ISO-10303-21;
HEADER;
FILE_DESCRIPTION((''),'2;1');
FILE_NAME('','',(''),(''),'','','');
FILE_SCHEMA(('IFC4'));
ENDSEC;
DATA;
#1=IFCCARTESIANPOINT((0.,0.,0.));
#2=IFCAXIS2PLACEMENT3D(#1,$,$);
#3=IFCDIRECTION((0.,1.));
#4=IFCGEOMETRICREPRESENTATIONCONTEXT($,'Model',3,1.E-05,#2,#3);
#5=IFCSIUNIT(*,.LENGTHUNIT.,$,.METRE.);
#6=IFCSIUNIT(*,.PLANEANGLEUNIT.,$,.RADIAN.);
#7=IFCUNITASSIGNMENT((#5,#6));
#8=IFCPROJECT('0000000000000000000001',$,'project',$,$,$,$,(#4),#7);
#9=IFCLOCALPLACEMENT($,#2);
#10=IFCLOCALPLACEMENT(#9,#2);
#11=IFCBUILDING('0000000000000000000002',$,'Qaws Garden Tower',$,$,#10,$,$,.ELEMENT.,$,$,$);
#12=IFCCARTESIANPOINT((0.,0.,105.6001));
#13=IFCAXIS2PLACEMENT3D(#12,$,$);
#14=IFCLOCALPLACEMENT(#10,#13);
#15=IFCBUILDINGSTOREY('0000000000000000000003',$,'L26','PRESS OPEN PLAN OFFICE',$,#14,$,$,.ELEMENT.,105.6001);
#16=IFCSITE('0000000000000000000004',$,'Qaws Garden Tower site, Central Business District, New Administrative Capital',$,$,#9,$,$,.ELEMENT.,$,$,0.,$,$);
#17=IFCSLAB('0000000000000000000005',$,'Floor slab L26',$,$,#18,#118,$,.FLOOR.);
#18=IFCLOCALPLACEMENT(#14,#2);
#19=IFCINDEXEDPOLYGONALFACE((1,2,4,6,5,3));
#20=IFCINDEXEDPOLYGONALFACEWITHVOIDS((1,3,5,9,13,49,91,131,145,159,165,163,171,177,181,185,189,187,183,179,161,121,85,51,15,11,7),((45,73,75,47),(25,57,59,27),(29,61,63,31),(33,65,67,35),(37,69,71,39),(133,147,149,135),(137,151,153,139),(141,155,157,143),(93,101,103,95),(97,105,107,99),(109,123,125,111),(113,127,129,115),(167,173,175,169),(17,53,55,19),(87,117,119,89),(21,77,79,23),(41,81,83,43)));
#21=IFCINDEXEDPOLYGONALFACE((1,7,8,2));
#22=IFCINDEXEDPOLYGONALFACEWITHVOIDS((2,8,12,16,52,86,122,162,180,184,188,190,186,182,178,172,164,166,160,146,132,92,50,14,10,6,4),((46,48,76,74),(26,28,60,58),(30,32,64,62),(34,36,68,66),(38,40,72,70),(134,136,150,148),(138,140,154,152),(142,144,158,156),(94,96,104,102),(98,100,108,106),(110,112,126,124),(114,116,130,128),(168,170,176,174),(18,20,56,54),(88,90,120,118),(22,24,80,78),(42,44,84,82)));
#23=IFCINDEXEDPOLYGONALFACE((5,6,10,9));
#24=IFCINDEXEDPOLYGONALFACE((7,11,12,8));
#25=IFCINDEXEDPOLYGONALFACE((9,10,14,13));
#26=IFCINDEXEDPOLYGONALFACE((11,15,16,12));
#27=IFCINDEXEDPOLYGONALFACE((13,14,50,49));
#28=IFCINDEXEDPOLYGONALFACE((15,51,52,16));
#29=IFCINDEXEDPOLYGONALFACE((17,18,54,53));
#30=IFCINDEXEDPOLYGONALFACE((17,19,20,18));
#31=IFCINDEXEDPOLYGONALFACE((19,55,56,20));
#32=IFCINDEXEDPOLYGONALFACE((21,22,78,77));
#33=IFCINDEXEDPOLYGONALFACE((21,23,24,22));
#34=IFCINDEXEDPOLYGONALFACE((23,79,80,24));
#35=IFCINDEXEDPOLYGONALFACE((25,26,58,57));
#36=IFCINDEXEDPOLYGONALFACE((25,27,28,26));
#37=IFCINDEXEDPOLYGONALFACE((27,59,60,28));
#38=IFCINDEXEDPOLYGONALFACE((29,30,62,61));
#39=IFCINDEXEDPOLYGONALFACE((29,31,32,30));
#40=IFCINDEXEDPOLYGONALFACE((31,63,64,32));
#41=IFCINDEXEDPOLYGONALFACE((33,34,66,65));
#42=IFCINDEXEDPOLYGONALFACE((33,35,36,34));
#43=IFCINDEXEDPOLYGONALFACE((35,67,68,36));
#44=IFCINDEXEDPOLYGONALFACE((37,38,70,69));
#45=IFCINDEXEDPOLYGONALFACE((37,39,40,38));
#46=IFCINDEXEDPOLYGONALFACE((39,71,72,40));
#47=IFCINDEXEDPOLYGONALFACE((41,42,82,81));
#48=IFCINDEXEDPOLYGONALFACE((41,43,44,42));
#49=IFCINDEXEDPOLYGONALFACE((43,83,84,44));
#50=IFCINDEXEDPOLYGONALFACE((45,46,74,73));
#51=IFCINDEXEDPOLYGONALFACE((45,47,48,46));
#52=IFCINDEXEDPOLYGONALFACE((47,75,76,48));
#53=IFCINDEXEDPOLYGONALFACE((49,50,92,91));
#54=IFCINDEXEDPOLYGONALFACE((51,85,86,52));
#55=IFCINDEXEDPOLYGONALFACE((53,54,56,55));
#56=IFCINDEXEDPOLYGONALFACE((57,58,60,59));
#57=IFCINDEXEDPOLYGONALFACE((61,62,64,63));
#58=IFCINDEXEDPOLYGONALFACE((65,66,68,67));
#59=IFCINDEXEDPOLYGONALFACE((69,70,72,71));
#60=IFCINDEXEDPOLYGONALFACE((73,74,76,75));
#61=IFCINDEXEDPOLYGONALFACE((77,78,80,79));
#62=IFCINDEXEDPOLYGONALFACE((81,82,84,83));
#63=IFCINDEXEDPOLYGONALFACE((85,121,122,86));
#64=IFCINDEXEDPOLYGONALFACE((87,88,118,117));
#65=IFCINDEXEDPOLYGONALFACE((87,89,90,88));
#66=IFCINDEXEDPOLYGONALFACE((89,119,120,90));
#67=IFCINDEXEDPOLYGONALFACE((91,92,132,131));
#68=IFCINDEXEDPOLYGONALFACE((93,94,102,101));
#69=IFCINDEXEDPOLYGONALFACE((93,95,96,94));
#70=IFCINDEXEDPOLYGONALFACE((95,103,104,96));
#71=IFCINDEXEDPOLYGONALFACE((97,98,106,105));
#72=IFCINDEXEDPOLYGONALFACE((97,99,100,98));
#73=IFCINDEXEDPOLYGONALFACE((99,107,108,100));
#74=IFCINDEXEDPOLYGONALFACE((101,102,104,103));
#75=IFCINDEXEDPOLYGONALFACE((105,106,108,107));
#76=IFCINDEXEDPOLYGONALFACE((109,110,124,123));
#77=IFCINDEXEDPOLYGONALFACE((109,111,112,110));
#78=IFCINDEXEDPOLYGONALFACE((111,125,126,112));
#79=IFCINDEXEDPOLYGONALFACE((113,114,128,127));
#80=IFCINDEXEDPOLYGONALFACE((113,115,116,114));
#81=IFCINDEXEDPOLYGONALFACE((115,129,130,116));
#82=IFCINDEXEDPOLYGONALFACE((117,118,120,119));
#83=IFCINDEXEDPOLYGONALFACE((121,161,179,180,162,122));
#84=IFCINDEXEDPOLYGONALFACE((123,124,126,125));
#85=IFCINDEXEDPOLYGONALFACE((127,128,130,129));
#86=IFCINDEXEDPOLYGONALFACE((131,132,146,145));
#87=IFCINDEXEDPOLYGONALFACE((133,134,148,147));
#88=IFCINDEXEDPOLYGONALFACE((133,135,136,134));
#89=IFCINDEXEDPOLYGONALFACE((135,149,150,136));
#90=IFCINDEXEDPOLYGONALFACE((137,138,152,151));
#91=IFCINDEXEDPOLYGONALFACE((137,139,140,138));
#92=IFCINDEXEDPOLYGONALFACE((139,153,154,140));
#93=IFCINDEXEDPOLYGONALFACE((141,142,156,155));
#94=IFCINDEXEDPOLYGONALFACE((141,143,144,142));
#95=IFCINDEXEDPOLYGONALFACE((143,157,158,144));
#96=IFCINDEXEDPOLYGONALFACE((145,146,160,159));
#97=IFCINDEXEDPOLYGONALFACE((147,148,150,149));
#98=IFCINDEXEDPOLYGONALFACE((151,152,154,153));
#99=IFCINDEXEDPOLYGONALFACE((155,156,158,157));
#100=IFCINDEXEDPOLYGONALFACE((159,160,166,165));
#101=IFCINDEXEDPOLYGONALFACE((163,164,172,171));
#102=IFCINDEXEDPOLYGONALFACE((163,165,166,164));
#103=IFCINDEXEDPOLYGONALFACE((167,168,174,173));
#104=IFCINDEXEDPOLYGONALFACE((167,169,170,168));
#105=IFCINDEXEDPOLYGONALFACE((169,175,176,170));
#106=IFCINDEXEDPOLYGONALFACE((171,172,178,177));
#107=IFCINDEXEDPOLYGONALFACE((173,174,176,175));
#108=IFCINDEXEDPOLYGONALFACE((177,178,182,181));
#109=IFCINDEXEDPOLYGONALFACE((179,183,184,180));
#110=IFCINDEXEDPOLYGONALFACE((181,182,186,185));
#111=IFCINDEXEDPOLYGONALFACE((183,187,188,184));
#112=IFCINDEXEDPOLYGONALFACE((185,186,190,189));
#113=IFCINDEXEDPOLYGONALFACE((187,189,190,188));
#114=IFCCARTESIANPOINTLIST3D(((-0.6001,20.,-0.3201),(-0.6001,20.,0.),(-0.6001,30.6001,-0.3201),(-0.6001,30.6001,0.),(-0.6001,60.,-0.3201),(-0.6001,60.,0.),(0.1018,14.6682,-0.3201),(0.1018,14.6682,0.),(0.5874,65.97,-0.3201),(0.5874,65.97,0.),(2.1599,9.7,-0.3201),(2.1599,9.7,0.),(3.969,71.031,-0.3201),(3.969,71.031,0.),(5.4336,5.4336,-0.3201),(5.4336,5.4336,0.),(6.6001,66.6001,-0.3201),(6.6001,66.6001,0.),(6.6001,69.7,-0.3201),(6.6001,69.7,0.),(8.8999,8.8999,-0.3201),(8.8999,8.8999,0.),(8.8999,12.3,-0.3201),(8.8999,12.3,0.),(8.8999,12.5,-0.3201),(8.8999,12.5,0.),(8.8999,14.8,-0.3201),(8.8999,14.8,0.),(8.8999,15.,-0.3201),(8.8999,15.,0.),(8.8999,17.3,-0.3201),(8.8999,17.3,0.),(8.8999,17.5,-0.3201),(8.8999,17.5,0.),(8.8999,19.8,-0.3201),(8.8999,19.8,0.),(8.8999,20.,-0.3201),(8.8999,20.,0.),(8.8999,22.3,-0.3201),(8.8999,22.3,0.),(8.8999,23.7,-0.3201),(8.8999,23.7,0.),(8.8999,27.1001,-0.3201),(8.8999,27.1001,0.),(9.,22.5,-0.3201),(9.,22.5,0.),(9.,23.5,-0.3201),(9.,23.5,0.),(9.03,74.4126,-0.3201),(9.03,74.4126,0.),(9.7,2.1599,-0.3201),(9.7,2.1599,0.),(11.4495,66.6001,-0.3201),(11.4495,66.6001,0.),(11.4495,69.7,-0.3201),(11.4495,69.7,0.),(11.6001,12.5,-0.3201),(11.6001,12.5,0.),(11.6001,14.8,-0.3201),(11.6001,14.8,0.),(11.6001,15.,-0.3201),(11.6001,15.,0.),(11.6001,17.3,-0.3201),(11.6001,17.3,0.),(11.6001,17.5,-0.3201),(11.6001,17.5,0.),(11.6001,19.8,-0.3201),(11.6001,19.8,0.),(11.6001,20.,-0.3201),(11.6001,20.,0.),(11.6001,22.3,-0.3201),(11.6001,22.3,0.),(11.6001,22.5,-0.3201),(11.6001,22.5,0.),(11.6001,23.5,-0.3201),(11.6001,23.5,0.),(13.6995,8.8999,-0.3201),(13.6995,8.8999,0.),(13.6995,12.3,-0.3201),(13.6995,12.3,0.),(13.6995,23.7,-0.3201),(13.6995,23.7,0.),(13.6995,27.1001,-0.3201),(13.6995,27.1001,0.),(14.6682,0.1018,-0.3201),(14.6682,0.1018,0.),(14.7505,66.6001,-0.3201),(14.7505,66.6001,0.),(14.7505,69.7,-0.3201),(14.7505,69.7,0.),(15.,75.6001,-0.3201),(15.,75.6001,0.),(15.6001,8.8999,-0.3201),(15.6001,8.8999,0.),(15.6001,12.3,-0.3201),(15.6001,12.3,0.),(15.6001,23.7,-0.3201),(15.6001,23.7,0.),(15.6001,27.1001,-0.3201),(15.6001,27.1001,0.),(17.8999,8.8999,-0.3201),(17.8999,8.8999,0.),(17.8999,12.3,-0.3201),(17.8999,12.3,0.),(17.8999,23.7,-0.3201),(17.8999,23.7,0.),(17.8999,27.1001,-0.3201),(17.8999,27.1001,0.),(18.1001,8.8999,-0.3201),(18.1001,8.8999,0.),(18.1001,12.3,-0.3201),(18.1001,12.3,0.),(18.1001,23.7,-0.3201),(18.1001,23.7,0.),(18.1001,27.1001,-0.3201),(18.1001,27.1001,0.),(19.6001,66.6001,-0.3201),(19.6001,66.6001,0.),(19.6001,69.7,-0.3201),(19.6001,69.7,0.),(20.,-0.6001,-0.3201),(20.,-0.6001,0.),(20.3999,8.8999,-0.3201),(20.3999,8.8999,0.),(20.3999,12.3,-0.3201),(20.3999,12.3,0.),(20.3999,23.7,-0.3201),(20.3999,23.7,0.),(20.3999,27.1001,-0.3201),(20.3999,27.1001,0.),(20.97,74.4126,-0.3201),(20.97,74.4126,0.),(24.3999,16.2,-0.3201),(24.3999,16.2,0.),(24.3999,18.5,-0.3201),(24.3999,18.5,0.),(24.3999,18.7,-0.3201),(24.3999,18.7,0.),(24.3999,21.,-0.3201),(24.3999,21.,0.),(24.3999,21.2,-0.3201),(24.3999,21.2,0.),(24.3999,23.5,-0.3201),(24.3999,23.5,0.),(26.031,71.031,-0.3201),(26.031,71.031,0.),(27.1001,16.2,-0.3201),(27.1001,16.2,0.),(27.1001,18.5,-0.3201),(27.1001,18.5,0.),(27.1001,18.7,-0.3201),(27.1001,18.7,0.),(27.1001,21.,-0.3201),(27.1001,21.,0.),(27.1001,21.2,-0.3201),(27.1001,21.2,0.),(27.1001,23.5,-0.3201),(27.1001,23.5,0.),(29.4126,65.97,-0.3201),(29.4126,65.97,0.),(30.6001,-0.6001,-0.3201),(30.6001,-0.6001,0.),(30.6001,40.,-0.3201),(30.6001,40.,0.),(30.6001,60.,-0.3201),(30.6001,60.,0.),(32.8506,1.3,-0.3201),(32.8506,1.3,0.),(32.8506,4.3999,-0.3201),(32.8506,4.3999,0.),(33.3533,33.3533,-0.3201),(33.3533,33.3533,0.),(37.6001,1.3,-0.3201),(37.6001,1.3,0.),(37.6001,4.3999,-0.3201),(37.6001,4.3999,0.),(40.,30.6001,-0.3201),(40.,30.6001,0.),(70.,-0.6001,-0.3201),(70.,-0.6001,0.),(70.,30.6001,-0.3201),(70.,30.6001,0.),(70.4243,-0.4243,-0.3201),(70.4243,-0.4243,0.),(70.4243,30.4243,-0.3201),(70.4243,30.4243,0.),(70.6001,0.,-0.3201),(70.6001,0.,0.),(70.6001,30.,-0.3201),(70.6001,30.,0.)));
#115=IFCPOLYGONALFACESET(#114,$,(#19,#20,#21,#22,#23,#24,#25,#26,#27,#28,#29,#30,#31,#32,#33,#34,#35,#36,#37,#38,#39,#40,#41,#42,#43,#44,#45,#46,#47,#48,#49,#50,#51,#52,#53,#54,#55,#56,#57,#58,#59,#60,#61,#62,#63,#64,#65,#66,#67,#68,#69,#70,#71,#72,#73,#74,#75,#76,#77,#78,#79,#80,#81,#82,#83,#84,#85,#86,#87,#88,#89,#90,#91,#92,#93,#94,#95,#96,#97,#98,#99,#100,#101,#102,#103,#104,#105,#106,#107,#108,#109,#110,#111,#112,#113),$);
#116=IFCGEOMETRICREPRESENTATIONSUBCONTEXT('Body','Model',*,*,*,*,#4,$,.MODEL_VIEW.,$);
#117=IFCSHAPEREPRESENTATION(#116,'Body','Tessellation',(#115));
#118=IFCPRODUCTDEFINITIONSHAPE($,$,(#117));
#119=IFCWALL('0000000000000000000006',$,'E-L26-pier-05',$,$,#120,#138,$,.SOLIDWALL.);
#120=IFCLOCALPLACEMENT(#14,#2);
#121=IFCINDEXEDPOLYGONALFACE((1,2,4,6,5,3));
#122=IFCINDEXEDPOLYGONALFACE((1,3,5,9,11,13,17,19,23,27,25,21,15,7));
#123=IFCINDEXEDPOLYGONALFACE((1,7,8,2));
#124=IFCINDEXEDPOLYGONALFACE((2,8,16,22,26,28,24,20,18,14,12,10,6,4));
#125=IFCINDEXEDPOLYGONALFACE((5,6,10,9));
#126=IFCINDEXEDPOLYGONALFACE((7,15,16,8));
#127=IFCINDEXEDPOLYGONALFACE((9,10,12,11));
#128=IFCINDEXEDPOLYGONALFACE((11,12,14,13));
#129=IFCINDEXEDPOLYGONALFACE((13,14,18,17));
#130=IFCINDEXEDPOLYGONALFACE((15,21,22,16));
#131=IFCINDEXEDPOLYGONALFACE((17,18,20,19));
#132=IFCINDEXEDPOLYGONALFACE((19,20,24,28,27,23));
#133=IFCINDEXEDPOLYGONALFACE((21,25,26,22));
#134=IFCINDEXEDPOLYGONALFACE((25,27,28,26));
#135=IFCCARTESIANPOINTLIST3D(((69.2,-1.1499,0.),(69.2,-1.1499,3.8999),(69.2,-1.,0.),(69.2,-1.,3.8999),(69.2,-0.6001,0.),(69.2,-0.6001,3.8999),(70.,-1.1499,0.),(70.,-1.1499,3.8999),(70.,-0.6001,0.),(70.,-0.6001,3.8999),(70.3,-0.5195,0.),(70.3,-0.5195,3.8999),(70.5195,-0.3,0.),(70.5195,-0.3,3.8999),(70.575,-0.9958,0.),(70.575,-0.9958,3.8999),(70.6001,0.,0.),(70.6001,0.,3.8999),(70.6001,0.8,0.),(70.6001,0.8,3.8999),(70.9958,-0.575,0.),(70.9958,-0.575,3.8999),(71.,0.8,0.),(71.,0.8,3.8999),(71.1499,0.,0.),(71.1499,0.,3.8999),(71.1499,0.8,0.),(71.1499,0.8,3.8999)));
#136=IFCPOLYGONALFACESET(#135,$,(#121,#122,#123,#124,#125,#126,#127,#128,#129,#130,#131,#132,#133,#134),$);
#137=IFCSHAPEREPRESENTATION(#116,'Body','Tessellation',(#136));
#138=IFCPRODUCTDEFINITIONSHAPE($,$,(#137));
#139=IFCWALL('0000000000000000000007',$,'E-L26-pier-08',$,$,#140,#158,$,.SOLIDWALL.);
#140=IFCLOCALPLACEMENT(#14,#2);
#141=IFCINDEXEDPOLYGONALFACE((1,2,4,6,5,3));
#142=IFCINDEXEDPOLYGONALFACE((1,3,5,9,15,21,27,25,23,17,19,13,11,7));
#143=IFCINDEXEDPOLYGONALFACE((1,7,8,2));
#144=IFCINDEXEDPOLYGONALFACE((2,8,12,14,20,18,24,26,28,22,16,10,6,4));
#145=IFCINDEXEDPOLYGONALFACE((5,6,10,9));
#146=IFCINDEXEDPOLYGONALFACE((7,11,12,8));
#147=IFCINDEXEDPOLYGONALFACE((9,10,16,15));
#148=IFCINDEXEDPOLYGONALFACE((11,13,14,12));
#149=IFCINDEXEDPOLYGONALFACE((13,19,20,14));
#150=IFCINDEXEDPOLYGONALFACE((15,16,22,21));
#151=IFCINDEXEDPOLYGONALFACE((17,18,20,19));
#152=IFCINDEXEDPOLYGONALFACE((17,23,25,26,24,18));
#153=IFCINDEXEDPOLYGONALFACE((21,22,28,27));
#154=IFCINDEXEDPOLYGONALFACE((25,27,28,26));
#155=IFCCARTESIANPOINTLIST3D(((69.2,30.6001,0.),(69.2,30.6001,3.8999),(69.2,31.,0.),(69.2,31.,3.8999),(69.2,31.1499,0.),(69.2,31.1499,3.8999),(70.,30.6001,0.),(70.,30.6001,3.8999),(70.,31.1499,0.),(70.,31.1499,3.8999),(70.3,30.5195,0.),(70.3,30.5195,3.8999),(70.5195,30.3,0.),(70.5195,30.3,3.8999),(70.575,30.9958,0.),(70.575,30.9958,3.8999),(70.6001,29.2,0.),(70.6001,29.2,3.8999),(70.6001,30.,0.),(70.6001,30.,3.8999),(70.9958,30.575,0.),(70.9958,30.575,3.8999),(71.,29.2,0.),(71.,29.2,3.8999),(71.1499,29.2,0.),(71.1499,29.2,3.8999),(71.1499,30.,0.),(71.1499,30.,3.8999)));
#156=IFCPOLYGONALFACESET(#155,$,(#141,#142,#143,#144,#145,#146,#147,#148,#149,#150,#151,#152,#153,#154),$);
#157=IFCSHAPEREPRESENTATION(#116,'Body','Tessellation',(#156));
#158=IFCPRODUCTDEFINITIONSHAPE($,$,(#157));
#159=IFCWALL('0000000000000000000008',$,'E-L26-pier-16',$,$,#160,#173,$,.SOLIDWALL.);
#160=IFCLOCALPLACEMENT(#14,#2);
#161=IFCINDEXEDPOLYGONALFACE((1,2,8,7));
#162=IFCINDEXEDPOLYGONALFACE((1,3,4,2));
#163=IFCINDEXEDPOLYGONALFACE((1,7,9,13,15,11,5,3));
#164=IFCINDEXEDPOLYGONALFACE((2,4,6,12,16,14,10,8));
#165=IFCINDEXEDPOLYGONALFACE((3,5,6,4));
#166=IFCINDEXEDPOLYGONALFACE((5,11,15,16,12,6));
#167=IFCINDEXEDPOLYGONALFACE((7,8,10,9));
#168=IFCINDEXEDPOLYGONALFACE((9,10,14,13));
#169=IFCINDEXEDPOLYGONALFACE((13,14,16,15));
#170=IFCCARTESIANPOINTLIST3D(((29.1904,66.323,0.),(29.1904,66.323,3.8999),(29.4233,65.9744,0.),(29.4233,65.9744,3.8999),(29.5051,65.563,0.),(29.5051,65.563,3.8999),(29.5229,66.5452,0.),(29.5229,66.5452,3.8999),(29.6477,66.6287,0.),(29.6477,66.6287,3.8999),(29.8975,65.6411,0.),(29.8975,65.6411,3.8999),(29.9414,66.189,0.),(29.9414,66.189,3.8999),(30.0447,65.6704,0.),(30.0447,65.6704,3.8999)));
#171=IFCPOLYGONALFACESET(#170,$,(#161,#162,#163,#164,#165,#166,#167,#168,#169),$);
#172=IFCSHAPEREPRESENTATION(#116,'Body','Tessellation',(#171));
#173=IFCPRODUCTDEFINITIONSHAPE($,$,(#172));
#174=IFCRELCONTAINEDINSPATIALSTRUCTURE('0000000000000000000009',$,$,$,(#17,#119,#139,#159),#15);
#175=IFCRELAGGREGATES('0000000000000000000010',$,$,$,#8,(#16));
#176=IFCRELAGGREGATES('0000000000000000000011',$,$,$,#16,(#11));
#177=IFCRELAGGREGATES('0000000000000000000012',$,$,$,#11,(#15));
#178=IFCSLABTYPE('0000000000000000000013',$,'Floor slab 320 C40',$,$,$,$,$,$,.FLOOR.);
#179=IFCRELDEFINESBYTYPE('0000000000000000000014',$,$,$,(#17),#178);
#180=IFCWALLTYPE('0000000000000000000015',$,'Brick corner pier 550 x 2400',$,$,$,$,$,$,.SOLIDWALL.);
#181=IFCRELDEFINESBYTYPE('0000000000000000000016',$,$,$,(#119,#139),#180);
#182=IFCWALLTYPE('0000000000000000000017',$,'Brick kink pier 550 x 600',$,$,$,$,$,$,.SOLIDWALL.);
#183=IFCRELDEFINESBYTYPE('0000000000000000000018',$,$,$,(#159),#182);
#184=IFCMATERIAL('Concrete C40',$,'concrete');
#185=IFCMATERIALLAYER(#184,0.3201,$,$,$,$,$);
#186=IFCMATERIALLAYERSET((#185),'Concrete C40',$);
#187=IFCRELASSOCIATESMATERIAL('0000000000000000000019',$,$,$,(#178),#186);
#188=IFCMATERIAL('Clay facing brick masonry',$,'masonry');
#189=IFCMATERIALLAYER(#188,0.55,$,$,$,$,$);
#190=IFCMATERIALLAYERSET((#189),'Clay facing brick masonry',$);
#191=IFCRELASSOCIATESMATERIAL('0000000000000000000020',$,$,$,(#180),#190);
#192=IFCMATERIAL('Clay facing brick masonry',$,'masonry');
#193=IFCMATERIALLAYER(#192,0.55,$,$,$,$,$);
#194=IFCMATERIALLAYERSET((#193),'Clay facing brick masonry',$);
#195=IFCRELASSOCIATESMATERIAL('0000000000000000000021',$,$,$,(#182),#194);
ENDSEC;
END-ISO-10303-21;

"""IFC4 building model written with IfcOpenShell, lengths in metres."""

from ifc_helpers import new_model, si_unit, direction, frame, origin, place, context, subcontext, project, spatial, polyline, outline, extrude, material, layer, layer_set, type_object, element, save


model = new_model("IFC4")

# Units and contexts
model_context = context("Model", 3, precision=1e-05, world=origin(), true_north=direction((0.0, 1.0)))
body_context = subcontext(model_context, "Body", "Model", "MODEL_VIEW")
ifc_project = project(units=[si_unit("LENGTHUNIT", "METRE"), si_unit("PLANEANGLEUNIT", "RADIAN")], contexts=[model_context])

# Site, building, storey
site_placement = place(None, origin())
site = spatial("IfcSite", under=ifc_project, at=site_placement, Name="Qaws Garden Tower site, Central Business District, New Administrative Capital", CompositionType="ELEMENT", RefElevation=0.0)
building_placement = place(site_placement, origin())
building = spatial("IfcBuilding", under=site, at=building_placement, Name="Qaws Garden Tower", CompositionType="ELEMENT")
storey_placement = place(building_placement, frame((0.0, 0.0, 105.6001)))
storey = spatial("IfcBuildingStorey", under=building, at=storey_placement, Name="L26", Description="PRESS OPEN PLAN OFFICE", CompositionType="ELEMENT", Elevation=105.6001)

# Slab
ifc_material_1 = material(Name="Concrete C40", Category="concrete")
ifc_layer_1 = layer(ifc_material_1, 0.3201)
ifc_layer_set_1 = layer_set([ifc_layer_1], Name="Concrete C40")
slab_type = type_object("IfcSlabType", Name="Floor slab 320 C40", PredefinedType="FLOOR", material=ifc_layer_set_1)
slab_placement = place(storey_placement, frame((0.0, 0.0, -0.3201)))
element("IfcSlab", 1, at=slab_placement, inside=storey, type_object=slab_type, Name="Floor slab L26", PredefinedType="FLOOR", context=body_context, shape_type="SweptSolid", body=[
    extrude(outline(polyline([(0.1018, 14.6682), (-0.6001, 20.0), (-0.6001, 30.6001), (-0.6001, 60.0), (-0.6001, 60.0), (0.5874, 65.97), (3.969, 71.031), (9.03, 74.4126), (15.0, 75.6001), (20.97, 74.4126), (26.031, 71.031), (29.4126, 65.97), (30.6001, 60.0), (30.6001, 40.0), (33.3533, 33.3533), (40.0, 30.6001), (70.0, 30.6001), (70.4243, 30.4243), (70.6001, 30.0), (70.6001, 0.0), (70.4243, -0.4243), (70.0, -0.6001), (30.6001, -0.6001), (20.0, -0.6001), (14.6682, 0.1018), (9.7, 2.1599), (5.4336, 5.4336), (2.1599, 9.7), (0.1018, 14.6682)]), holes=[polyline([(13.6995, 12.3), (8.8999, 12.3), (8.8999, 8.8999), (13.6995, 8.8999), (13.6995, 12.3)]), polyline([(17.8999, 12.3), (15.6001, 12.3), (15.6001, 8.8999), (17.8999, 8.8999), (17.8999, 12.3)]), polyline([(11.6001, 14.8), (8.8999, 14.8), (8.8999, 12.5), (11.6001, 12.5), (11.6001, 14.8)]), polyline([(11.6001, 17.3), (8.8999, 17.3), (8.8999, 15.0), (11.6001, 15.0), (11.6001, 17.3)]), polyline([(11.6001, 19.8), (8.8999, 19.8), (8.8999, 17.5), (11.6001, 17.5), (11.6001, 19.8)]), polyline([(11.6001, 22.3), (8.8999, 22.3), (8.8999, 20.0), (11.6001, 20.0), (11.6001, 22.3)]), polyline([(11.6001, 23.5), (9.0, 23.5), (9.0, 22.5), (11.6001, 22.5), (11.6001, 23.5)]), polyline([(13.6995, 27.1001), (8.8999, 27.1001), (8.8999, 23.7), (13.6995, 23.7), (13.6995, 27.1001)]), polyline([(11.4495, 69.7), (6.6001, 69.7), (6.6001, 66.6001), (11.4495, 66.6001), (11.4495, 69.7)]), polyline([(37.6001, 4.3999), (32.8506, 4.3999), (32.8506, 1.3), (37.6001, 1.3), (37.6001, 4.3999)]), polyline([(20.3999, 12.3), (18.1001, 12.3), (18.1001, 8.8999), (20.3999, 8.8999), (20.3999, 12.3)]), polyline([(27.1001, 18.5), (24.3999, 18.5), (24.3999, 16.2), (27.1001, 16.2), (27.1001, 18.5)]), polyline([(27.1001, 21.0), (24.3999, 21.0), (24.3999, 18.7), (27.1001, 18.7), (27.1001, 21.0)]), polyline([(27.1001, 23.5), (24.3999, 23.5), (24.3999, 21.2), (27.1001, 21.2), (27.1001, 23.5)]), polyline([(17.8999, 27.1001), (15.6001, 27.1001), (15.6001, 23.7), (17.8999, 23.7), (17.8999, 27.1001)]), polyline([(20.3999, 23.7), (20.3999, 27.1001), (18.1001, 27.1001), (18.1001, 23.7), (20.3999, 23.7)]), polyline([(19.6001, 66.6001), (19.6001, 69.7), (14.7505, 69.7), (14.7505, 66.6001), (19.6001, 66.6001)])]), origin(), (0.0, 0.0, 1.0), 0.3201),
])

# Walls
ifc_material_2 = material(Name="Clay facing brick masonry", Category="masonry")
ifc_layer_2 = layer(ifc_material_2, 0.55)
ifc_layer_set_2 = layer_set([ifc_layer_2], Name="Clay facing brick masonry")
wall_type_1 = type_object("IfcWallType", Name="Brick corner pier 550 x 2400", PredefinedType="SOLIDWALL", material=ifc_layer_set_2)
placement = place(storey_placement, origin())
element("IfcWall", 2, at=placement, inside=storey, type_object=wall_type_1, Name="E-L26-pier-05", PredefinedType="SOLIDWALL", context=body_context, shape_type="SweptSolid", body=[
    extrude(outline(polyline([(69.2, -1.0), (69.2, -1.1499), (70.0, -1.1499), (70.575, -0.9958), (70.9958, -0.575), (71.1499, 0.0), (71.1499, 0.8), (71.0, 0.8), (70.6001, 0.8), (70.6001, 0.0), (70.5195, -0.3), (70.3, -0.5195), (70.0, -0.6001), (69.2, -0.6001), (69.2, -1.0)])), origin(), (0.0, 0.0, 1.0), 3.8999),
])
element("IfcWall", 3, at=placement, inside=storey, type_object=wall_type_1, Name="E-L26-pier-08", PredefinedType="SOLIDWALL", context=body_context, shape_type="SweptSolid", body=[
    extrude(outline(polyline([(71.0, 29.2), (71.1499, 29.2), (71.1499, 30.0), (70.9958, 30.575), (70.575, 30.9958), (70.0, 31.1499), (69.2, 31.1499), (69.2, 31.0), (69.2, 30.6001), (70.0, 30.6001), (70.3, 30.5195), (70.5195, 30.3), (70.6001, 30.0), (70.6001, 29.2), (71.0, 29.2)])), origin(), (0.0, 0.0, 1.0), 3.8999),
])
ifc_material_3 = material(Name="Clay facing brick masonry", Category="masonry")
ifc_layer_3 = layer(ifc_material_3, 0.55)
ifc_layer_set_3 = layer_set([ifc_layer_3], Name="Clay facing brick masonry")
wall_type_2 = type_object("IfcWallType", Name="Brick kink pier 550 x 600", PredefinedType="SOLIDWALL", material=ifc_layer_set_3)
element("IfcWall", 4, at=placement, inside=storey, type_object=wall_type_2, Name="E-L26-pier-16", PredefinedType="SOLIDWALL", context=body_context, shape_type="SweptSolid", body=[
    extrude(outline(polyline([(29.8975, 65.6411), (30.0447, 65.6704), (29.9414, 66.189), (29.6477, 66.6287), (29.5229, 66.5452), (29.1904, 66.323), (29.4233, 65.9744), (29.5051, 65.563), (29.8975, 65.6411)])), origin(), (0.0, 0.0, 1.0), 3.8999),
])

save(model, "model.ifc")
